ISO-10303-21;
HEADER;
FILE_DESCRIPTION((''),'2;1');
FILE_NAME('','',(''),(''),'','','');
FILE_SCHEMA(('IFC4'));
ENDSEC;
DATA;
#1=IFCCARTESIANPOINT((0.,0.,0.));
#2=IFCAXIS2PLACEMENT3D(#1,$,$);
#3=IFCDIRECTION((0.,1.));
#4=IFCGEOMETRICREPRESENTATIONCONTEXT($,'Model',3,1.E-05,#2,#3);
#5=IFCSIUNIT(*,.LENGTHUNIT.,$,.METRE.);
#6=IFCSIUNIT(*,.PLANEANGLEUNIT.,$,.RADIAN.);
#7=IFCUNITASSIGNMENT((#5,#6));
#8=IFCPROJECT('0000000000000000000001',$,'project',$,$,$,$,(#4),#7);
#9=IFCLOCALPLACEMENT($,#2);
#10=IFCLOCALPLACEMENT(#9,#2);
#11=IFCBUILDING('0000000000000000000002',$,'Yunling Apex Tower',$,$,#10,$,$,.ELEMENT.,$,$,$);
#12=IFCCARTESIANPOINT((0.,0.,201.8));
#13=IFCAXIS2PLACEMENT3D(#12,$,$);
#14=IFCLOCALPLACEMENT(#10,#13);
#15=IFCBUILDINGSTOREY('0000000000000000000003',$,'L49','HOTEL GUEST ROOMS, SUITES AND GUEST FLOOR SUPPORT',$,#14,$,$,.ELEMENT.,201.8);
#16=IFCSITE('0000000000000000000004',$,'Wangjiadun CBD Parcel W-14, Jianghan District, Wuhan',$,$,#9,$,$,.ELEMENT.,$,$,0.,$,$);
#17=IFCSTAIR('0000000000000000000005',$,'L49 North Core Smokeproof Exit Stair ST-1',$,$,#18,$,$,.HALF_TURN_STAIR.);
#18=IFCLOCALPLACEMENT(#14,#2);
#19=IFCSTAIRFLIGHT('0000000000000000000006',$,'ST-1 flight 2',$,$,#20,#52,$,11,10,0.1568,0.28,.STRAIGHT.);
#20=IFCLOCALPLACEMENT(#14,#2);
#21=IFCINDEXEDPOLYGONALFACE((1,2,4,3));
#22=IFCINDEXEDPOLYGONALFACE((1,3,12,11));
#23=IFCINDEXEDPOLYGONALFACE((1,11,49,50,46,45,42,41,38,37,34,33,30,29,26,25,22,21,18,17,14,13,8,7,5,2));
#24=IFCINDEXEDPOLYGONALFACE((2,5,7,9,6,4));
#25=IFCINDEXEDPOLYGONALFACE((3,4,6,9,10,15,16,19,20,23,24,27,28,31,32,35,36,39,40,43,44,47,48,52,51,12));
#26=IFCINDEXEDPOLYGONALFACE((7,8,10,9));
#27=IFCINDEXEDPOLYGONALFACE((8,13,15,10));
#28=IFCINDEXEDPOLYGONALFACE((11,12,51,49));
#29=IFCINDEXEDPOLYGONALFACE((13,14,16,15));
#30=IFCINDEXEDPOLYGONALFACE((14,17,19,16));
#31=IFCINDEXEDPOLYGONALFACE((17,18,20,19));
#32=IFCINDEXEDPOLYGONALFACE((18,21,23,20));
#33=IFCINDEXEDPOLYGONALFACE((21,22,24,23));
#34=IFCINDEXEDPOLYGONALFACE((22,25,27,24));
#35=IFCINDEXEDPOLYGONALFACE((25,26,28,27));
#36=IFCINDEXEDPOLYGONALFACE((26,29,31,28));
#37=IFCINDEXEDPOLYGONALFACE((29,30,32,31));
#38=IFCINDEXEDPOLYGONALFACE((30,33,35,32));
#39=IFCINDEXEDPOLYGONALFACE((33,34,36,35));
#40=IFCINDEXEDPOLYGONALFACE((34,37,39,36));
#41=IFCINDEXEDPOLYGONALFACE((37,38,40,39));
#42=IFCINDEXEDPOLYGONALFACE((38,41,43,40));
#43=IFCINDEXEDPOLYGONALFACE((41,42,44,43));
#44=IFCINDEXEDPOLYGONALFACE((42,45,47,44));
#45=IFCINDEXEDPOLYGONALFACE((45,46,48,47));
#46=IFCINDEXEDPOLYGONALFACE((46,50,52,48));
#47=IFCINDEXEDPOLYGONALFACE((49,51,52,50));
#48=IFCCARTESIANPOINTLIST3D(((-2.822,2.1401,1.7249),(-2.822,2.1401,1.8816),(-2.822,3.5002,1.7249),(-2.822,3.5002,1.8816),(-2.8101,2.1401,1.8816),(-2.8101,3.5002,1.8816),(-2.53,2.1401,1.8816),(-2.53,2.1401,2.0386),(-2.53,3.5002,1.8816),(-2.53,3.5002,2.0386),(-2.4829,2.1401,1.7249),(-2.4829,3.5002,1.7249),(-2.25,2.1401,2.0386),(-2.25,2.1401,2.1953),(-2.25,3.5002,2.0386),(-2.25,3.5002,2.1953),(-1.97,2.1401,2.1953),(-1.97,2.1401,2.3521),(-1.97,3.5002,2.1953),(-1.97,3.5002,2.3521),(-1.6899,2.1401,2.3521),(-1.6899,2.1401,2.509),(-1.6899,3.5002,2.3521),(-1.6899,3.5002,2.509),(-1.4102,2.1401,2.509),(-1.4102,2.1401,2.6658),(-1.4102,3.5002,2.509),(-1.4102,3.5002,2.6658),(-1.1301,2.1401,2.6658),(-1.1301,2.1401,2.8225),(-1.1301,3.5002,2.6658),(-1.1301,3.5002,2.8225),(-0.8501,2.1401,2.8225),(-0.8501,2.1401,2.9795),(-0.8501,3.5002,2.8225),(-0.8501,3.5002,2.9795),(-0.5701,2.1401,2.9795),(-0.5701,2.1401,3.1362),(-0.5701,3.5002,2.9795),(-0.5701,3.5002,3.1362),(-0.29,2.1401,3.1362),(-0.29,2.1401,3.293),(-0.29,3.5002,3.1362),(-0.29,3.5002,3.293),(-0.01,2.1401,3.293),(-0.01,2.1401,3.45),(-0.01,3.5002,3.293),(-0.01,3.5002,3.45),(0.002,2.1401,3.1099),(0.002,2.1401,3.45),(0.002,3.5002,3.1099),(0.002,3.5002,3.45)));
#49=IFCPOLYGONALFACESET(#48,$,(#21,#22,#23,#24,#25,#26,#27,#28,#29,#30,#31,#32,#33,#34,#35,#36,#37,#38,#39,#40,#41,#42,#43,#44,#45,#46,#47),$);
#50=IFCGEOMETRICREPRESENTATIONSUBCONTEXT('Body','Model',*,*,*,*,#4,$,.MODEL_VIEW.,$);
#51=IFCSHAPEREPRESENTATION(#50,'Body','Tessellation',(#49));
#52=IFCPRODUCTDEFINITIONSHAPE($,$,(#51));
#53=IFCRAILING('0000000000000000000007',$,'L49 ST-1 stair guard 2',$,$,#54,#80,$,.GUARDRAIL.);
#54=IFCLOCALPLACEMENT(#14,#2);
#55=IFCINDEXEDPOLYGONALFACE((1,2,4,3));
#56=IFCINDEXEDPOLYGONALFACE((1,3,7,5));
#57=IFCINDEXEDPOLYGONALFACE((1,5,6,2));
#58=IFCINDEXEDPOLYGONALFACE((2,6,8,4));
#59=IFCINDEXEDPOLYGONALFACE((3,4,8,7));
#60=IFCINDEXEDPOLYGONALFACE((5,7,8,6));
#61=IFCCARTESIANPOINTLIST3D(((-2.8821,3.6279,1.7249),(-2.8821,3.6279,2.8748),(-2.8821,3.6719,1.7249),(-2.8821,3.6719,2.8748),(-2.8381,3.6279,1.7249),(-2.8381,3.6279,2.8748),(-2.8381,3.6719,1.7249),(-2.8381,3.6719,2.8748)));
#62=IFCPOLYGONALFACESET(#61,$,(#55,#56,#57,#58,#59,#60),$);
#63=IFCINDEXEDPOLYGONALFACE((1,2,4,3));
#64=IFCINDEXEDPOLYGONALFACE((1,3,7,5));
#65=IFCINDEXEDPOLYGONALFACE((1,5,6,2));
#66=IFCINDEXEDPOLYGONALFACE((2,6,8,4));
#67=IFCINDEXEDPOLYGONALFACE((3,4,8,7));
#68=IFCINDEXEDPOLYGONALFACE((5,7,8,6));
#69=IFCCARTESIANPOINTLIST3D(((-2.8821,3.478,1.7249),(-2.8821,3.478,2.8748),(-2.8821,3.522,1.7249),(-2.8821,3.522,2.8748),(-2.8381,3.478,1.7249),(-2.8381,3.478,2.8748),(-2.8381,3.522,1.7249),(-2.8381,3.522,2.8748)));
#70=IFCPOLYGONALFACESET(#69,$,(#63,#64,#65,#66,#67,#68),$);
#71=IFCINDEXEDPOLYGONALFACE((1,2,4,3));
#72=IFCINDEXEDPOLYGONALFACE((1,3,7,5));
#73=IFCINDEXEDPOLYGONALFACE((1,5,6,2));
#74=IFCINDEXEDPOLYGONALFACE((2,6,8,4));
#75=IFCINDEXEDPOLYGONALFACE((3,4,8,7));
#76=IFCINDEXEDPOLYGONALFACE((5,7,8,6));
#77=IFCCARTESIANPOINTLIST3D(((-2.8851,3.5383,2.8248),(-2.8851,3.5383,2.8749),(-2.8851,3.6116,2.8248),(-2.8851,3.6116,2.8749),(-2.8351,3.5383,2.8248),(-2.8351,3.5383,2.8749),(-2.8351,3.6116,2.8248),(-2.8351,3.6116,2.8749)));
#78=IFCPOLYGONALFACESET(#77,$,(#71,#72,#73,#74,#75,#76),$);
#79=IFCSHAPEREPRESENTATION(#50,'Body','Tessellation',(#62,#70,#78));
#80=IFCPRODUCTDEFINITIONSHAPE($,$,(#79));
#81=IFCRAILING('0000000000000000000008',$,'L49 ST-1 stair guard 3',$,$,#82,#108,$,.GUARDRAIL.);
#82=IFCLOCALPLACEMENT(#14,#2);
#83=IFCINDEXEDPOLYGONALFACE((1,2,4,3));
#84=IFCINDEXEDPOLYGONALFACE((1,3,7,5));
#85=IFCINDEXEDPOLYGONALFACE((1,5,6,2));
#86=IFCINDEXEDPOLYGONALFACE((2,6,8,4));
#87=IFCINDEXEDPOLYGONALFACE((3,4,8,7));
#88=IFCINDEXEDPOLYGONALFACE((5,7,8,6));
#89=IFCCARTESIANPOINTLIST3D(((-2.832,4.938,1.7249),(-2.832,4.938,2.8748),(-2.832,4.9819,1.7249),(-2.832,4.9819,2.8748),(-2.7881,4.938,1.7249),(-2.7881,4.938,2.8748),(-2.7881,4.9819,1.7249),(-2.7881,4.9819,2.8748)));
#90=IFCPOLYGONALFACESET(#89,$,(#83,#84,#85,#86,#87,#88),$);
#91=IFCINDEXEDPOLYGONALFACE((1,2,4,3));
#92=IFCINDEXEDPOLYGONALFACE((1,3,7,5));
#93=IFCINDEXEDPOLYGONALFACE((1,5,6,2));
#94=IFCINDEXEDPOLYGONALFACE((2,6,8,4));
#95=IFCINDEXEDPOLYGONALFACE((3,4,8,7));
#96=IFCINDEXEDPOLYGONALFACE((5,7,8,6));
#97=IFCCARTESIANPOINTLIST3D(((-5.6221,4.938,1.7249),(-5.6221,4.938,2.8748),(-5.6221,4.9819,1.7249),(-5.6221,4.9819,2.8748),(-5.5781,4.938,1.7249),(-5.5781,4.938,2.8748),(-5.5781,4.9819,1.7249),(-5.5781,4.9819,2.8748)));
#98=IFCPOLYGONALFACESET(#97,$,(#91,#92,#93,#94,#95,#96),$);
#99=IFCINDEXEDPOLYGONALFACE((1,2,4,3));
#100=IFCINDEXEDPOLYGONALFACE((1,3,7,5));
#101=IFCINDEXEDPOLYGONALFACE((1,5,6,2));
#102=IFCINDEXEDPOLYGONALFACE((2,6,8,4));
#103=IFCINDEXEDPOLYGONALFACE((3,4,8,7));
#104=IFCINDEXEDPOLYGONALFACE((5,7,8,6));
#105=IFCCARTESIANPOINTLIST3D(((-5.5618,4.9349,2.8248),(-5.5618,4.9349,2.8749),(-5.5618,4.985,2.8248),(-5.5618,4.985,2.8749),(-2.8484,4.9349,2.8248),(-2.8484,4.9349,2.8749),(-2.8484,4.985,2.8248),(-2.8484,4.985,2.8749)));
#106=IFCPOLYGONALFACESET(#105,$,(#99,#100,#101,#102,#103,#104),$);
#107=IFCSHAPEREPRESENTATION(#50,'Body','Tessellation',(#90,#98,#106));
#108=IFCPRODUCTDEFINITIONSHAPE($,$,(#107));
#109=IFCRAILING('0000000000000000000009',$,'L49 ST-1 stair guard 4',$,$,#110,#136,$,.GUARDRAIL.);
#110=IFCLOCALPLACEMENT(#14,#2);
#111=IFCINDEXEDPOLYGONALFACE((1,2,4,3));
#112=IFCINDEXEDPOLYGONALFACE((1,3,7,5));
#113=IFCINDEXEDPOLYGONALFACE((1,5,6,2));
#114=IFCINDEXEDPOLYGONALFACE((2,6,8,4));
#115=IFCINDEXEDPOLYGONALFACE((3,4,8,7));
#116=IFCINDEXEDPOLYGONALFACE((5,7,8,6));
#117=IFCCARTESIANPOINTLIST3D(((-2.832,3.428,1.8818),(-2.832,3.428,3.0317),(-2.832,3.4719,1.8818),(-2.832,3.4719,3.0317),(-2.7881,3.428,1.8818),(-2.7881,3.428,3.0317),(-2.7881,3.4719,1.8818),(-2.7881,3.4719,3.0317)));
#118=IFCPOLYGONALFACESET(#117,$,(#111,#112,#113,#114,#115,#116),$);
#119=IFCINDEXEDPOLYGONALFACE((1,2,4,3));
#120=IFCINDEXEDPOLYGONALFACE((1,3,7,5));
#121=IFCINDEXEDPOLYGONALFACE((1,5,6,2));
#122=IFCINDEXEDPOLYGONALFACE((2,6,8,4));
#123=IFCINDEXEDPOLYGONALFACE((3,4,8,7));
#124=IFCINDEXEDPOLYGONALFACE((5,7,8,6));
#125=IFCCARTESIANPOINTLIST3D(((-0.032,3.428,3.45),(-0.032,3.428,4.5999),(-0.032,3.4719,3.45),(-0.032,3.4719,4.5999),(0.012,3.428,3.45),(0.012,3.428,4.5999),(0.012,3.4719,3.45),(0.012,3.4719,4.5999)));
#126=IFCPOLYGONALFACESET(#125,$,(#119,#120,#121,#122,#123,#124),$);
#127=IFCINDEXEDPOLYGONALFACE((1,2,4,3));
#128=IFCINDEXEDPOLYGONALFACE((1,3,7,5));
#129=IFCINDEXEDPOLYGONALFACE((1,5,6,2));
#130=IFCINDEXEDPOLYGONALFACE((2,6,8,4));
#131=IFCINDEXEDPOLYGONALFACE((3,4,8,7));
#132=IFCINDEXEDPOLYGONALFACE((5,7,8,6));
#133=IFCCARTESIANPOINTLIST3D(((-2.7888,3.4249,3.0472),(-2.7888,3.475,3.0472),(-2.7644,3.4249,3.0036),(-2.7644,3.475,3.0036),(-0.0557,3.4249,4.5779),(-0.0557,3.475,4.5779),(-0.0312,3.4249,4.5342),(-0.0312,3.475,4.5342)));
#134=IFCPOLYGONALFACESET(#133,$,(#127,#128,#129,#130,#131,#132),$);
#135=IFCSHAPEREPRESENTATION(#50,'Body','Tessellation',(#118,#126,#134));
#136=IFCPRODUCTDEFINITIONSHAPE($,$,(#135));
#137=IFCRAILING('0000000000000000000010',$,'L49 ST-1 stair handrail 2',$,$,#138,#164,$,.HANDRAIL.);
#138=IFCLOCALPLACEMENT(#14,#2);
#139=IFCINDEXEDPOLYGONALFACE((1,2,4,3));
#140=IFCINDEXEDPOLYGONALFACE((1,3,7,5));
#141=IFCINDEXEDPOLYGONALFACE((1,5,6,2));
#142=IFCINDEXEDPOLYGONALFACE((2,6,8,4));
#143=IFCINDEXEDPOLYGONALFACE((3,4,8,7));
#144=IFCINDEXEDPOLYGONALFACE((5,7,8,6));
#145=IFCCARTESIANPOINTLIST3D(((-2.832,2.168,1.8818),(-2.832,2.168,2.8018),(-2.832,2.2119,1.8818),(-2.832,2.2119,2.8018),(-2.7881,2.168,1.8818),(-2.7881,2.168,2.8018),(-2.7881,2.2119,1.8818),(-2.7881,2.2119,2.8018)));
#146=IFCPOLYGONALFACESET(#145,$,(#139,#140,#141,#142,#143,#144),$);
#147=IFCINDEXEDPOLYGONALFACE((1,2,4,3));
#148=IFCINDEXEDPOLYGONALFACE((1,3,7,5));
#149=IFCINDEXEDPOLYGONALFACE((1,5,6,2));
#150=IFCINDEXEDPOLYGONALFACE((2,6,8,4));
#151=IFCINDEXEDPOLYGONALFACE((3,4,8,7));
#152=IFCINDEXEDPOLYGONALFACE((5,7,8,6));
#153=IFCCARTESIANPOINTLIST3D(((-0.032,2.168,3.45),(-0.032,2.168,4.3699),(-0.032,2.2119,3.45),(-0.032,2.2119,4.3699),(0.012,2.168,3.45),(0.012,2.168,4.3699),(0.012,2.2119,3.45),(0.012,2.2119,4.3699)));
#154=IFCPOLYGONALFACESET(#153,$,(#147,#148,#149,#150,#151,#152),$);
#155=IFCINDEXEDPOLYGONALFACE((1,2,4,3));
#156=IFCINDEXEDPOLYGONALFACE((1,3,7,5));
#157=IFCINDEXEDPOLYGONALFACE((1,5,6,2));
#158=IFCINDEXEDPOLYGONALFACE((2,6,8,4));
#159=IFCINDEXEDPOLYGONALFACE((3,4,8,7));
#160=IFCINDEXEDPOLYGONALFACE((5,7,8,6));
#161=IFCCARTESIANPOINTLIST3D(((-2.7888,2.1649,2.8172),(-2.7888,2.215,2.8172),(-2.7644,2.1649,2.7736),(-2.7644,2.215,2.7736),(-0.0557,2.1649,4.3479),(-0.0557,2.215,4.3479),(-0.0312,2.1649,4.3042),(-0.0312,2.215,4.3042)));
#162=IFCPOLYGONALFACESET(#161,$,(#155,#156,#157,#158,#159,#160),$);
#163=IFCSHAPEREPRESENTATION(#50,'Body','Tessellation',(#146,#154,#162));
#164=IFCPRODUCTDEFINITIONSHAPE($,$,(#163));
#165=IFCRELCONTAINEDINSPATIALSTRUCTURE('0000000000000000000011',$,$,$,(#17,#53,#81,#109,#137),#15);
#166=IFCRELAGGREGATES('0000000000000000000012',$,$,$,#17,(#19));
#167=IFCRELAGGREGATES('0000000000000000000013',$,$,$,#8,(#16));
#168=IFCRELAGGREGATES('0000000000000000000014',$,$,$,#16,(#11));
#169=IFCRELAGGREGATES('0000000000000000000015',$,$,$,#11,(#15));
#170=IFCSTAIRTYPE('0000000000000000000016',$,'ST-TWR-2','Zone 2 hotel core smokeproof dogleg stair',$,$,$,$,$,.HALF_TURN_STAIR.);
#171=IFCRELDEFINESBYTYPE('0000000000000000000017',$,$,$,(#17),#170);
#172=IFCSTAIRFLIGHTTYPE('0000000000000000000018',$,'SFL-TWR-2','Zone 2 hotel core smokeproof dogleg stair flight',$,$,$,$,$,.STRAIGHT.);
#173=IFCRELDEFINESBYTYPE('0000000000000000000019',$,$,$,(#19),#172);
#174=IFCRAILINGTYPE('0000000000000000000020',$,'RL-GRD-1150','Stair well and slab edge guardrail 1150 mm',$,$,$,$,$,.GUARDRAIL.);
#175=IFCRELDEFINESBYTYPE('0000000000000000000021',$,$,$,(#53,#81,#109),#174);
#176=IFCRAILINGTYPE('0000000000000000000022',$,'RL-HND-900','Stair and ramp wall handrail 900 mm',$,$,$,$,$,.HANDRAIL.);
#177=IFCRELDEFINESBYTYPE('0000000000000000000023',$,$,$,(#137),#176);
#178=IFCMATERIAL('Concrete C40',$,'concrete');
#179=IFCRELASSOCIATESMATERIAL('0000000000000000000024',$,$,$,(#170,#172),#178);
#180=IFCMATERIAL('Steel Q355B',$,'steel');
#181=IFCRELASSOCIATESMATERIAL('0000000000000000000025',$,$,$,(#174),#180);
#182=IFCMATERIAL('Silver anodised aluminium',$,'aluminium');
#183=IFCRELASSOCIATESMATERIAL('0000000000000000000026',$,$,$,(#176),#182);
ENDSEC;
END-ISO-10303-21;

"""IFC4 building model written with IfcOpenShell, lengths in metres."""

from ifc_helpers import new_model, si_unit, direction, frame, origin, origin_2d, place, context, subcontext, project, spatial, polyline, rectangle, outline, extrude, material, type_object, element, aggregate, save


model = new_model("IFC4")

# Units and contexts
model_context = context("Model", 3, precision=1e-05, world=origin(), true_north=direction((0.0, 1.0)))
body_context = subcontext(model_context, "Body", "Model", "MODEL_VIEW")
ifc_project = project(units=[si_unit("LENGTHUNIT", "METRE"), si_unit("PLANEANGLEUNIT", "RADIAN")], contexts=[model_context])

# Site, building, storey
site_placement = place(None, origin())
site = spatial("IfcSite", under=ifc_project, at=site_placement, Name="Wangjiadun CBD Parcel W-14, Jianghan District, Wuhan", CompositionType="ELEMENT", RefElevation=0.0)
building_placement = place(site_placement, origin())
building = spatial("IfcBuilding", under=site, at=building_placement, Name="Yunling Apex Tower", CompositionType="ELEMENT")
storey_placement = place(building_placement, frame((0.0, 0.0, 201.8)))
storey = spatial("IfcBuildingStorey", under=building, at=storey_placement, Name="L49", Description="HOTEL GUEST ROOMS, SUITES AND GUEST FLOOR SUPPORT", CompositionType="ELEMENT", Elevation=201.8)

# Shared definitions
ifc_material_1 = material(Name="Steel Q355B", Category="steel")

# Shared definitions
ifc_material_2 = material(Name="Concrete C40", Category="concrete")

# Shared definitions
ifc_material_3 = material(Name="Silver anodised aluminium", Category="aluminium")

# Stair, stair flight
stair_type = type_object("IfcStairType", Name="ST-TWR-2", Description="Zone 2 hotel core smokeproof dogleg stair", PredefinedType="HALF_TURN_STAIR", material=ifc_material_2)
stair_placement = place(storey_placement, origin())
stair = element("IfcStair", 1, at=stair_placement, inside=storey, type_object=stair_type, Name="L49 North Core Smokeproof Exit Stair ST-1", PredefinedType="HALF_TURN_STAIR")
stair_flight_type = type_object("IfcStairFlightType", Name="SFL-TWR-2", Description="Zone 2 hotel core smokeproof dogleg stair flight", PredefinedType="STRAIGHT", material=ifc_material_2)
stair_flight_placement = place(storey_placement, frame((-2.8101, 2.8201, 1.7249), z_axis=(0.0, 0.0, 1.0), x_axis=(1.0, 0.0, 0.0)))
stair_flight = element("IfcStairFlight", 2, at=stair_flight_placement, type_object=stair_flight_type, Name="ST-1 flight 2", NumberOfRisers=11, NumberOfTreads=10, PredefinedType="STRAIGHT", RiserHeight=0.1568, TreadLength=0.28, context=body_context, shape_type="SweptSolid", body=[
    extrude(outline(polyline([(-0.012, 0.0), (-0.012, 0.1567), (0.0, 0.1567), (0.28, 0.1567), (0.28, 0.3137), (0.5601, 0.3137), (0.5601, 0.4705), (0.8401, 0.4705), (0.8401, 0.6272), (1.1201, 0.6272), (1.1201, 0.7842), (1.3999, 0.7842), (1.3999, 0.9409), (1.6799, 0.9409), (1.6799, 1.0977), (1.96, 1.0977), (1.96, 1.2546), (2.24, 1.2546), (2.24, 1.4114), (2.52, 1.4114), (2.52, 1.5681), (2.8, 1.5681), (2.8, 1.7251), (2.812, 1.7251), (2.812, 1.385), (0.3271, 0.0), (-0.012, 0.0)])), frame((0.0, 0.6802, 0.0), z_axis=(0.0, -1.0, 0.0), x_axis=(1.0, 0.0, 0.0)), (0.0, 0.0, 1.0), 1.3601),
])
aggregate(stair, [stair_flight])

# Railings
railing_type_1 = type_object("IfcRailingType", Name="RL-GRD-1150", Description="Stair well and slab edge guardrail 1150 mm", PredefinedType="GUARDRAIL", material=ifc_material_1)
railing_1_placement = place(storey_placement, frame((-2.8601, 3.6499, 1.7249)))
element("IfcRailing", 3, at=railing_1_placement, inside=storey, type_object=railing_type_1, Name="L49 ST-1 stair guard 2", PredefinedType="GUARDRAIL", context=body_context, shape_type="SweptSolid", body=[
    extrude(rectangle(XDim=0.0439, YDim=0.0439, at=origin_2d()), origin(), (0.0, 0.0, 1.0), 1.1499),
    extrude(rectangle(XDim=0.0439, YDim=0.0439, at=origin_2d()), frame((0.0, -0.1499, 0.0)), (0.0, 0.0, 1.0), 1.1499),
    extrude(rectangle(XDim=0.05, YDim=0.05, at=origin_2d()), frame((0.0, -0.0383, 1.125), z_axis=(0.0, -1.0, 0.0), x_axis=(1.0, 0.0, 0.0)), (0.0, 0.0, 1.0), 0.0732),
])
railing_2_placement = place(storey_placement, frame((-2.8101, 4.96, 1.7249)))
element("IfcRailing", 4, at=railing_2_placement, inside=storey, type_object=railing_type_1, Name="L49 ST-1 stair guard 3", PredefinedType="GUARDRAIL", context=body_context, shape_type="SweptSolid", body=[
    extrude(rectangle(XDim=0.0439, YDim=0.0439, at=origin_2d()), origin(), (0.0, 0.0, 1.0), 1.1499),
    extrude(rectangle(XDim=0.0439, YDim=0.0439, at=origin_2d()), frame((-2.79, 0.0, 0.0)), (0.0, 0.0, 1.0), 1.1499),
    extrude(rectangle(XDim=0.05, YDim=0.05, at=origin_2d()), frame((-0.0383, 0.0, 1.125), z_axis=(-1.0, 0.0, 0.0), x_axis=(0.0, -1.0, 0.0)), (0.0, 0.0, 1.0), 2.7134),
])
railing_3_placement = place(storey_placement, frame((-2.8101, 3.45, 1.8818)))
element("IfcRailing", 5, at=railing_3_placement, inside=storey, type_object=railing_type_1, Name="L49 ST-1 stair guard 4", PredefinedType="GUARDRAIL", context=body_context, shape_type="SweptSolid", body=[
    extrude(rectangle(XDim=0.0439, YDim=0.0439, at=origin_2d()), origin(), (0.0, 0.0, 1.0), 1.1499),
    extrude(rectangle(XDim=0.0439, YDim=0.0439, at=origin_2d()), frame((2.8, 0.0, 1.5681)), (0.0, 0.0, 1.0), 1.1499),
    extrude(rectangle(XDim=0.05, YDim=0.05, at=origin_2d()), frame((0.0334, 0.0, 1.1436), z_axis=(0.872494, 0.0, 0.488624), x_axis=(0.0, 1.0, 0.0)), (0.0, 0.0, 1.0), 3.1326),
])
railing_type_2 = type_object("IfcRailingType", Name="RL-HND-900", Description="Stair and ramp wall handrail 900 mm", PredefinedType="HANDRAIL", material=ifc_material_3)
railing_4_placement = place(storey_placement, frame((-2.8101, 2.1899, 1.8818)))
element("IfcRailing", 6, at=railing_4_placement, inside=storey, type_object=railing_type_2, Name="L49 ST-1 stair handrail 2", PredefinedType="HANDRAIL", context=body_context, shape_type="SweptSolid", body=[
    extrude(rectangle(XDim=0.0439, YDim=0.0439, at=origin_2d()), origin(), (0.0, 0.0, 1.0), 0.9199),
    extrude(rectangle(XDim=0.0439, YDim=0.0439, at=origin_2d()), frame((2.8, 0.0, 1.5681)), (0.0, 0.0, 1.0), 0.9199),
    extrude(rectangle(XDim=0.05, YDim=0.05, at=origin_2d()), frame((0.0334, 0.0, 0.9136), z_axis=(0.872494, 0.0, 0.488624), x_axis=(0.0, 1.0, 0.0)), (0.0, 0.0, 1.0), 3.1326),
])

save(model, "model.ifc")
